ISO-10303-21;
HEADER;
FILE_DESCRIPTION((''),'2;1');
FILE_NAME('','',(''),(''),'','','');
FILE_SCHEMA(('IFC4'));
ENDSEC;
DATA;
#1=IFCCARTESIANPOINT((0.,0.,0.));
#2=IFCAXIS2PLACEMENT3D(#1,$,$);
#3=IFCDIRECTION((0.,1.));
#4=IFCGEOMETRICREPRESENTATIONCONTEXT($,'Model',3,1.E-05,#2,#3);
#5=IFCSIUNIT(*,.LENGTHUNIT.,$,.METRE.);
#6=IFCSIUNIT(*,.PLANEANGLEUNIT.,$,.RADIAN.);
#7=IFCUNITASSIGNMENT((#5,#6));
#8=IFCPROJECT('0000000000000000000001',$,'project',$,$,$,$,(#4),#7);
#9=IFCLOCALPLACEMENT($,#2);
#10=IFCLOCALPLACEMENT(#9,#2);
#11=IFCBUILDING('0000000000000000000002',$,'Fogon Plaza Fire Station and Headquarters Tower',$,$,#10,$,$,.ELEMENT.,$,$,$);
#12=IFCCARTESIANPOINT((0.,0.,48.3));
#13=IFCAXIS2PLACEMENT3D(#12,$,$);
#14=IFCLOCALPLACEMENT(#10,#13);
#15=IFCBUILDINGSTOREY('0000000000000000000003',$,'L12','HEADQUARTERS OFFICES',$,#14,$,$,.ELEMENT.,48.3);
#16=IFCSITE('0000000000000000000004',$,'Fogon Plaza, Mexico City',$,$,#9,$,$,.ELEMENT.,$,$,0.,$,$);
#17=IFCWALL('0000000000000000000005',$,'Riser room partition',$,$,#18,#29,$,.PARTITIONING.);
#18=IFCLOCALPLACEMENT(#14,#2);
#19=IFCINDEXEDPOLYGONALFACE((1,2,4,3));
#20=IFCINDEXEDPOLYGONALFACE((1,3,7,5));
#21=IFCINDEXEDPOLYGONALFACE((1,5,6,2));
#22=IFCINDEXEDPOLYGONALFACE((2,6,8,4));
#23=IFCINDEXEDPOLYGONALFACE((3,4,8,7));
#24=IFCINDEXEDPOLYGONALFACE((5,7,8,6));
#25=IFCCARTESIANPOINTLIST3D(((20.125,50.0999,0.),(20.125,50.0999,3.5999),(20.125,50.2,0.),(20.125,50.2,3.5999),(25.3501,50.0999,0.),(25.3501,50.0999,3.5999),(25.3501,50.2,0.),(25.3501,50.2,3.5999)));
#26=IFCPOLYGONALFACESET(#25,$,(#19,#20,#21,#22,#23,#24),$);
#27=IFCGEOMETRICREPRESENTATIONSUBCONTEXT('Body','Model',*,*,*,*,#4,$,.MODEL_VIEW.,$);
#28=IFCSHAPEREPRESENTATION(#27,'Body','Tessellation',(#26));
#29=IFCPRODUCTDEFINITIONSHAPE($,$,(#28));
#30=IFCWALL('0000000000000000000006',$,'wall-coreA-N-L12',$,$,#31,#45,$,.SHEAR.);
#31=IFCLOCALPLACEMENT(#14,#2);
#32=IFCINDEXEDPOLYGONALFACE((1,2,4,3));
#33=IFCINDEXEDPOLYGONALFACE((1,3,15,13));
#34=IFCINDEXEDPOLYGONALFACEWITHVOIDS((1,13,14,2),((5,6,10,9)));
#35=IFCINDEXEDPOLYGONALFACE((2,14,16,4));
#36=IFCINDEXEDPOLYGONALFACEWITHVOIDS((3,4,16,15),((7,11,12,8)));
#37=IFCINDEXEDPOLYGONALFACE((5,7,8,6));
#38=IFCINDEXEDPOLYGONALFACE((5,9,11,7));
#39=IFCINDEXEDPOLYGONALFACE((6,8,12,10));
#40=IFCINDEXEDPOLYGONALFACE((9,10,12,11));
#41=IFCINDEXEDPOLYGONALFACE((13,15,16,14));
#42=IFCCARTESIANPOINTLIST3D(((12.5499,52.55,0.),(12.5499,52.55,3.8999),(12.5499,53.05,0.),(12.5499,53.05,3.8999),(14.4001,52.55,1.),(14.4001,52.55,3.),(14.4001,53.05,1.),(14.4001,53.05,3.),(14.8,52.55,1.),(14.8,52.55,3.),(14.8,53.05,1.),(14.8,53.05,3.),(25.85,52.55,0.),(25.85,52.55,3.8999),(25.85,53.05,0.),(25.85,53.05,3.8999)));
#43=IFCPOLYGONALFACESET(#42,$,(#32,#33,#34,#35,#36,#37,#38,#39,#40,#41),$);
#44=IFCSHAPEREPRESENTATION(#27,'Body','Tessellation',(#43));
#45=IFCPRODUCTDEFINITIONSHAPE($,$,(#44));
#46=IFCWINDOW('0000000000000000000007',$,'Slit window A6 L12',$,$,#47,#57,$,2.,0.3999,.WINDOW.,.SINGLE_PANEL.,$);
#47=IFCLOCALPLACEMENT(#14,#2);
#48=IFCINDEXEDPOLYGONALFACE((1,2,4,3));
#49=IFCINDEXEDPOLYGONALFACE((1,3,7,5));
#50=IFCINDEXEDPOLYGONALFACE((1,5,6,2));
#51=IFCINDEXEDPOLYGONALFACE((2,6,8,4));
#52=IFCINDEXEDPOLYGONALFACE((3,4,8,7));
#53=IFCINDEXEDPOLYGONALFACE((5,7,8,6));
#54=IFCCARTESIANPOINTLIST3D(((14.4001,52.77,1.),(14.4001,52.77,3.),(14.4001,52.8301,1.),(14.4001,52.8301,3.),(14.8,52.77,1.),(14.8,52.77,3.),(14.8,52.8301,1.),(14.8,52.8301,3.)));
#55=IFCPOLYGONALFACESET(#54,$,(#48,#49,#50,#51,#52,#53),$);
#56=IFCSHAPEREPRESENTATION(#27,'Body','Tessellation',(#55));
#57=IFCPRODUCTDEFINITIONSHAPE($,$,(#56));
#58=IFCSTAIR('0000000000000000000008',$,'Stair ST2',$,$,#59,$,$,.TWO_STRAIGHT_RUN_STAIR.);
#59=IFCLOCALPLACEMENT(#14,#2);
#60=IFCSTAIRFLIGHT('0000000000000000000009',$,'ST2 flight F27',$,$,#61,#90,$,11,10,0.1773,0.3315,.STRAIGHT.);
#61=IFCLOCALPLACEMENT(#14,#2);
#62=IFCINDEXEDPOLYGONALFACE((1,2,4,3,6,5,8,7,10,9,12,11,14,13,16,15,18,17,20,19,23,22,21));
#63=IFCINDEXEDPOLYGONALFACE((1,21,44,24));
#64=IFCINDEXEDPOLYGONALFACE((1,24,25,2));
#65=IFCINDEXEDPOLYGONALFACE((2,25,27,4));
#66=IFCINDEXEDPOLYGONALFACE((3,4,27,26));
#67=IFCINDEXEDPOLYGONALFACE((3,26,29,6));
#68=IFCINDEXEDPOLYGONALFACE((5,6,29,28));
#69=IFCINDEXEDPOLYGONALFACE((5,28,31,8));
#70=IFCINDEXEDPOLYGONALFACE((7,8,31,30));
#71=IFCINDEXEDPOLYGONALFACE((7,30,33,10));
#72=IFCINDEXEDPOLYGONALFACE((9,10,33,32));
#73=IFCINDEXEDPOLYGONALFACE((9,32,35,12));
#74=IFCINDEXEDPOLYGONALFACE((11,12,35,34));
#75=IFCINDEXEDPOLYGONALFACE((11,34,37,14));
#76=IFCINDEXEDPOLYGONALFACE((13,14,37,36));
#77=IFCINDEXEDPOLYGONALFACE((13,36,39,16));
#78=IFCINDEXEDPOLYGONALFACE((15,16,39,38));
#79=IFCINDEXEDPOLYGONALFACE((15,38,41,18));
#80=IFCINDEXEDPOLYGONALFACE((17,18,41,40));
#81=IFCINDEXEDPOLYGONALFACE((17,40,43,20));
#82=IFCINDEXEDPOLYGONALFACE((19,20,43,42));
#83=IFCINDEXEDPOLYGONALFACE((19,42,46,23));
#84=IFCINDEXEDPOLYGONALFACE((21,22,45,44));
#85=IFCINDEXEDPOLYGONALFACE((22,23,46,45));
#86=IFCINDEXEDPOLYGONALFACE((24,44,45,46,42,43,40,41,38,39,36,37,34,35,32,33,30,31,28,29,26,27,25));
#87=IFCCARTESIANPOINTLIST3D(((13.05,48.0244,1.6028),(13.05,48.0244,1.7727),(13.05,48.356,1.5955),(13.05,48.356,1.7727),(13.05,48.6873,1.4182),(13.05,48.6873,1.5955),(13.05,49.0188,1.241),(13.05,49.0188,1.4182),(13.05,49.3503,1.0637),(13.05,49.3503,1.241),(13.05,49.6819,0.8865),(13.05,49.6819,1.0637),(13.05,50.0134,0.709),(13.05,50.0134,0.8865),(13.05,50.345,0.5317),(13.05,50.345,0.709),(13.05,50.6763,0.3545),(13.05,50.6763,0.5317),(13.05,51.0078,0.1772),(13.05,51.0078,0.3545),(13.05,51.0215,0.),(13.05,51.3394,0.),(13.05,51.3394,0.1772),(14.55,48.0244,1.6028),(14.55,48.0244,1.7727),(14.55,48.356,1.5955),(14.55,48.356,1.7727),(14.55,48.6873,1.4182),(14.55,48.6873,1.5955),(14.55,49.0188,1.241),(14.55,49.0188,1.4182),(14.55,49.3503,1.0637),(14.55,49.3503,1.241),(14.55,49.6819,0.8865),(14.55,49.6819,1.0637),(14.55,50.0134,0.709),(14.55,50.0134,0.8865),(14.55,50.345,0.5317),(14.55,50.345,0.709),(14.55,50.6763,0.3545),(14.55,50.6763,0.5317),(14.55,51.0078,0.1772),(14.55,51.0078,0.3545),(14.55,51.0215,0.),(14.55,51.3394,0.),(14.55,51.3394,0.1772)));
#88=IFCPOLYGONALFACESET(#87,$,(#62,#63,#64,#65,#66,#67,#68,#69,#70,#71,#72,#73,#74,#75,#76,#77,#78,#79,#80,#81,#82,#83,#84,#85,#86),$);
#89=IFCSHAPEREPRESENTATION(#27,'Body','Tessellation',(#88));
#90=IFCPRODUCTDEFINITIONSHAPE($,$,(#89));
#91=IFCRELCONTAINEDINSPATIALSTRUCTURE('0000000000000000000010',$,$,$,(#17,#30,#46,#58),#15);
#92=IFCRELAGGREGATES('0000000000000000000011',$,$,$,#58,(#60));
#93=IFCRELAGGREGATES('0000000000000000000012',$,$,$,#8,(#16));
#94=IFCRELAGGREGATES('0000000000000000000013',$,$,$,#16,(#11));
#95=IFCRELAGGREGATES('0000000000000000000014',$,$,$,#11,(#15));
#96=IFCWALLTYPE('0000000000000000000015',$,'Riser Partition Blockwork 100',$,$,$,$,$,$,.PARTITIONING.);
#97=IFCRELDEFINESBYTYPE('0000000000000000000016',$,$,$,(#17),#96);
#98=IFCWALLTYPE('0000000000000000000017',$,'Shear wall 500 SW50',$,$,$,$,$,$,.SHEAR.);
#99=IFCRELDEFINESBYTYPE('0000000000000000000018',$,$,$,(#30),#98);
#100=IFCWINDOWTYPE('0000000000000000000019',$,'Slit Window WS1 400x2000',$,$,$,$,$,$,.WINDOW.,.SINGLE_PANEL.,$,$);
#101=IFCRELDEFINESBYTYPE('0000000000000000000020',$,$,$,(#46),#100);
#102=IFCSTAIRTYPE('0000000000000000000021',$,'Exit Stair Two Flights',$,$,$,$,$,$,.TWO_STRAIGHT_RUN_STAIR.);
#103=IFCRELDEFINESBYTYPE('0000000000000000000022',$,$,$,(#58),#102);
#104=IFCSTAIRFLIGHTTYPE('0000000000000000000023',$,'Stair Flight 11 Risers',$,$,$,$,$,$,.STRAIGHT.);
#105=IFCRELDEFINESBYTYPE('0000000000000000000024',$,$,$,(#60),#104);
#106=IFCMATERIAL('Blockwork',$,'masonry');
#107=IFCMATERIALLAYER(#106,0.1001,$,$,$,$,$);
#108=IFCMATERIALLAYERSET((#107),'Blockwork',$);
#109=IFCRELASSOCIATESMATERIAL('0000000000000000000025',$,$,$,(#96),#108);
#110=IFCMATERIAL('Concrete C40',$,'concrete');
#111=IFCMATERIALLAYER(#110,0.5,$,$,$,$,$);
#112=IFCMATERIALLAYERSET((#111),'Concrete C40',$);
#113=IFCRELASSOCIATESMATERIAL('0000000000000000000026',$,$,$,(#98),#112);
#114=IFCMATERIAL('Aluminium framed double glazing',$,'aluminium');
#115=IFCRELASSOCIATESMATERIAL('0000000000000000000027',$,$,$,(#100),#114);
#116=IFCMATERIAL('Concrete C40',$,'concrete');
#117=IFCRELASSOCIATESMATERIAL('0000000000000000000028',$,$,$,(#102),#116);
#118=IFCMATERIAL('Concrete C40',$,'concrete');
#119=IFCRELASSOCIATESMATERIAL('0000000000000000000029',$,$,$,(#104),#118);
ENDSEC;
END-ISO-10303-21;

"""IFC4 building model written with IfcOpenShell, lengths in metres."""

from ifc_helpers import new_model, si_unit, direction, frame, frame_2d, origin, place, context, subcontext, project, spatial, polyline, rectangle, outline, extrude, material, layer, layer_set, type_object, element, fill, aggregate, save


model = new_model("IFC4")

# Units and contexts
model_context = context("Model", 3, precision=1e-05, world=origin(), true_north=direction((0.0, 1.0)))
body_context = subcontext(model_context, "Body", "Model", "MODEL_VIEW")
ifc_project = project(units=[si_unit("LENGTHUNIT", "METRE"), si_unit("PLANEANGLEUNIT", "RADIAN")], contexts=[model_context])

# Site, building, storey
site_placement = place(None, origin())
site = spatial("IfcSite", under=ifc_project, at=site_placement, Name="Fogon Plaza, Mexico City", CompositionType="ELEMENT", RefElevation=0.0)
building_placement = place(site_placement, origin())
building = spatial("IfcBuilding", under=site, at=building_placement, Name="Fogon Plaza Fire Station and Headquarters Tower", CompositionType="ELEMENT")
storey_placement = place(building_placement, frame((0.0, 0.0, 48.3)))
storey = spatial("IfcBuildingStorey", under=building, at=storey_placement, Name="L12", Description="HEADQUARTERS OFFICES", CompositionType="ELEMENT", Elevation=48.3)

# Wall
ifc_material_1 = material(Name="Blockwork", Category="masonry")
ifc_layer_1 = layer(ifc_material_1, 0.1001)
ifc_layer_set_1 = layer_set([ifc_layer_1], Name="Blockwork")
wall_type_1 = type_object("IfcWallType", Name="Riser Partition Blockwork 100", PredefinedType="PARTITIONING", material=ifc_layer_set_1)
wall_1_placement = place(storey_placement, frame((20.125, 50.1499, 0.0), z_axis=(0.0, 0.0, 1.0), x_axis=(1.0, 0.0, 0.0)))
element("IfcWall", 1, at=wall_1_placement, inside=storey, type_object=wall_type_1, Name="Riser room partition", PredefinedType="PARTITIONING", context=body_context, shape_type="SweptSolid", body=[
    extrude(rectangle(XDim=5.2251, YDim=0.1001, at=frame_2d((2.6125, 0.0))), origin(), (0.0, 0.0, 1.0), 3.5999),
])

# Wall, opening, window
ifc_material_2 = material(Name="Concrete C40", Category="concrete")
ifc_layer_2 = layer(ifc_material_2, 0.5)
ifc_layer_set_2 = layer_set([ifc_layer_2], Name="Concrete C40")
wall_type_2 = type_object("IfcWallType", Name="Shear wall 500 SW50", PredefinedType="SHEAR", material=ifc_layer_set_2)
wall_2_placement = place(storey_placement, frame((12.55, 52.8, 0.0), z_axis=(0.0, 0.0, 1.0), x_axis=(1.0, 0.0, 0.0)))
wall_2 = element("IfcWall", 2, at=wall_2_placement, inside=storey, type_object=wall_type_2, Name="wall-coreA-N-L12", PredefinedType="SHEAR", context=body_context, shape_type="SweptSolid", body=[
    extrude(rectangle(XDim=13.3, YDim=0.5, at=frame_2d((6.6499, 0.0))), origin(), (0.0, 0.0, 1.0), 3.8999),
])
opening_placement = place(wall_2_placement, frame((1.8501, 0.0, 1.0)))
opening = element("IfcOpeningElement", 3, at=opening_placement, cuts=wall_2, PredefinedType="OPENING", context=body_context, shape_type="SweptSolid", body=[
    extrude(rectangle(XDim=0.3999, YDim=2.0, at=frame_2d((0.2, 1.0))), frame((0.0, 0.26, 0.0), z_axis=(0.0, -1.0, 0.0), x_axis=(1.0, 0.0, 0.0)), (0.0, 0.0, 1.0), 0.52),
])
ifc_material_3 = material(Name="Aluminium framed double glazing", Category="aluminium")
window_type = type_object("IfcWindowType", Name="Slit Window WS1 400x2000", PartitioningType="SINGLE_PANEL", PredefinedType="WINDOW", material=ifc_material_3)
window_placement = place(opening_placement, origin())
window = element("IfcWindow", 4, at=window_placement, inside=storey, type_object=window_type, Name="Slit window A6 L12", OverallHeight=2.0, OverallWidth=0.3999, PartitioningType="SINGLE_PANEL", PredefinedType="WINDOW", context=body_context, shape_type="SweptSolid", body=[
    extrude(rectangle(XDim=0.3999, YDim=2.0, at=frame_2d((0.2, 1.0))), frame((0.0, 0.03, 0.0), z_axis=(0.0, -1.0, 0.0), x_axis=(1.0, 0.0, 0.0)), (0.0, 0.0, 1.0), 0.0601),
])
fill(opening, window)

# Stair, stair flight
ifc_material_4 = material(Name="Concrete C40", Category="concrete")
stair_type = type_object("IfcStairType", Name="Exit Stair Two Flights", PredefinedType="TWO_STRAIGHT_RUN_STAIR", material=ifc_material_4)
stair_placement = place(storey_placement, origin())
stair = element("IfcStair", 5, at=stair_placement, inside=storey, type_object=stair_type, Name="Stair ST2", PredefinedType="TWO_STRAIGHT_RUN_STAIR")
ifc_material_5 = material(Name="Concrete C40", Category="concrete")
stair_flight_type = type_object("IfcStairFlightType", Name="Stair Flight 11 Risers", PredefinedType="STRAIGHT", material=ifc_material_5)
stair_flight_placement = place(storey_placement, frame((13.8, 51.3394, 0.0), z_axis=(0.0, 0.0, 1.0), x_axis=(0.0, -1.0, 0.0)))
stair_flight = element("IfcStairFlight", 6, at=stair_flight_placement, type_object=stair_flight_type, Name="ST2 flight F27", NumberOfRisers=11, NumberOfTreads=10, PredefinedType="STRAIGHT", RiserHeight=0.1773, TreadLength=0.3315, context=body_context, shape_type="SweptSolid", body=[
    extrude(outline(polyline([(0.0, 0.0), (0.0, 0.1772), (0.3315, 0.1772), (0.3315, 0.3545), (0.6631, 0.3545), (0.6631, 0.5317), (0.9944, 0.5317), (0.9944, 0.709), (1.3259, 0.709), (1.3259, 0.8865), (1.6575, 0.8865), (1.6575, 1.0637), (1.989, 1.0637), (1.989, 1.241), (2.3206, 1.241), (2.3206, 1.4182), (2.6521, 1.4182), (2.6521, 1.5955), (2.9834, 1.5955), (2.9834, 1.7727), (3.3149, 1.7727), (3.3149, 1.95), (3.3149, 1.6028), (0.3179, 0.0), (0.0, 0.0)])), frame((0.0, 0.75, 0.0), z_axis=(0.0, -1.0, 0.0), x_axis=(1.0, 0.0, 0.0)), (0.0, 0.0, 1.0), 1.5),
])
aggregate(stair, [stair_flight])

save(model, "model.ifc")
